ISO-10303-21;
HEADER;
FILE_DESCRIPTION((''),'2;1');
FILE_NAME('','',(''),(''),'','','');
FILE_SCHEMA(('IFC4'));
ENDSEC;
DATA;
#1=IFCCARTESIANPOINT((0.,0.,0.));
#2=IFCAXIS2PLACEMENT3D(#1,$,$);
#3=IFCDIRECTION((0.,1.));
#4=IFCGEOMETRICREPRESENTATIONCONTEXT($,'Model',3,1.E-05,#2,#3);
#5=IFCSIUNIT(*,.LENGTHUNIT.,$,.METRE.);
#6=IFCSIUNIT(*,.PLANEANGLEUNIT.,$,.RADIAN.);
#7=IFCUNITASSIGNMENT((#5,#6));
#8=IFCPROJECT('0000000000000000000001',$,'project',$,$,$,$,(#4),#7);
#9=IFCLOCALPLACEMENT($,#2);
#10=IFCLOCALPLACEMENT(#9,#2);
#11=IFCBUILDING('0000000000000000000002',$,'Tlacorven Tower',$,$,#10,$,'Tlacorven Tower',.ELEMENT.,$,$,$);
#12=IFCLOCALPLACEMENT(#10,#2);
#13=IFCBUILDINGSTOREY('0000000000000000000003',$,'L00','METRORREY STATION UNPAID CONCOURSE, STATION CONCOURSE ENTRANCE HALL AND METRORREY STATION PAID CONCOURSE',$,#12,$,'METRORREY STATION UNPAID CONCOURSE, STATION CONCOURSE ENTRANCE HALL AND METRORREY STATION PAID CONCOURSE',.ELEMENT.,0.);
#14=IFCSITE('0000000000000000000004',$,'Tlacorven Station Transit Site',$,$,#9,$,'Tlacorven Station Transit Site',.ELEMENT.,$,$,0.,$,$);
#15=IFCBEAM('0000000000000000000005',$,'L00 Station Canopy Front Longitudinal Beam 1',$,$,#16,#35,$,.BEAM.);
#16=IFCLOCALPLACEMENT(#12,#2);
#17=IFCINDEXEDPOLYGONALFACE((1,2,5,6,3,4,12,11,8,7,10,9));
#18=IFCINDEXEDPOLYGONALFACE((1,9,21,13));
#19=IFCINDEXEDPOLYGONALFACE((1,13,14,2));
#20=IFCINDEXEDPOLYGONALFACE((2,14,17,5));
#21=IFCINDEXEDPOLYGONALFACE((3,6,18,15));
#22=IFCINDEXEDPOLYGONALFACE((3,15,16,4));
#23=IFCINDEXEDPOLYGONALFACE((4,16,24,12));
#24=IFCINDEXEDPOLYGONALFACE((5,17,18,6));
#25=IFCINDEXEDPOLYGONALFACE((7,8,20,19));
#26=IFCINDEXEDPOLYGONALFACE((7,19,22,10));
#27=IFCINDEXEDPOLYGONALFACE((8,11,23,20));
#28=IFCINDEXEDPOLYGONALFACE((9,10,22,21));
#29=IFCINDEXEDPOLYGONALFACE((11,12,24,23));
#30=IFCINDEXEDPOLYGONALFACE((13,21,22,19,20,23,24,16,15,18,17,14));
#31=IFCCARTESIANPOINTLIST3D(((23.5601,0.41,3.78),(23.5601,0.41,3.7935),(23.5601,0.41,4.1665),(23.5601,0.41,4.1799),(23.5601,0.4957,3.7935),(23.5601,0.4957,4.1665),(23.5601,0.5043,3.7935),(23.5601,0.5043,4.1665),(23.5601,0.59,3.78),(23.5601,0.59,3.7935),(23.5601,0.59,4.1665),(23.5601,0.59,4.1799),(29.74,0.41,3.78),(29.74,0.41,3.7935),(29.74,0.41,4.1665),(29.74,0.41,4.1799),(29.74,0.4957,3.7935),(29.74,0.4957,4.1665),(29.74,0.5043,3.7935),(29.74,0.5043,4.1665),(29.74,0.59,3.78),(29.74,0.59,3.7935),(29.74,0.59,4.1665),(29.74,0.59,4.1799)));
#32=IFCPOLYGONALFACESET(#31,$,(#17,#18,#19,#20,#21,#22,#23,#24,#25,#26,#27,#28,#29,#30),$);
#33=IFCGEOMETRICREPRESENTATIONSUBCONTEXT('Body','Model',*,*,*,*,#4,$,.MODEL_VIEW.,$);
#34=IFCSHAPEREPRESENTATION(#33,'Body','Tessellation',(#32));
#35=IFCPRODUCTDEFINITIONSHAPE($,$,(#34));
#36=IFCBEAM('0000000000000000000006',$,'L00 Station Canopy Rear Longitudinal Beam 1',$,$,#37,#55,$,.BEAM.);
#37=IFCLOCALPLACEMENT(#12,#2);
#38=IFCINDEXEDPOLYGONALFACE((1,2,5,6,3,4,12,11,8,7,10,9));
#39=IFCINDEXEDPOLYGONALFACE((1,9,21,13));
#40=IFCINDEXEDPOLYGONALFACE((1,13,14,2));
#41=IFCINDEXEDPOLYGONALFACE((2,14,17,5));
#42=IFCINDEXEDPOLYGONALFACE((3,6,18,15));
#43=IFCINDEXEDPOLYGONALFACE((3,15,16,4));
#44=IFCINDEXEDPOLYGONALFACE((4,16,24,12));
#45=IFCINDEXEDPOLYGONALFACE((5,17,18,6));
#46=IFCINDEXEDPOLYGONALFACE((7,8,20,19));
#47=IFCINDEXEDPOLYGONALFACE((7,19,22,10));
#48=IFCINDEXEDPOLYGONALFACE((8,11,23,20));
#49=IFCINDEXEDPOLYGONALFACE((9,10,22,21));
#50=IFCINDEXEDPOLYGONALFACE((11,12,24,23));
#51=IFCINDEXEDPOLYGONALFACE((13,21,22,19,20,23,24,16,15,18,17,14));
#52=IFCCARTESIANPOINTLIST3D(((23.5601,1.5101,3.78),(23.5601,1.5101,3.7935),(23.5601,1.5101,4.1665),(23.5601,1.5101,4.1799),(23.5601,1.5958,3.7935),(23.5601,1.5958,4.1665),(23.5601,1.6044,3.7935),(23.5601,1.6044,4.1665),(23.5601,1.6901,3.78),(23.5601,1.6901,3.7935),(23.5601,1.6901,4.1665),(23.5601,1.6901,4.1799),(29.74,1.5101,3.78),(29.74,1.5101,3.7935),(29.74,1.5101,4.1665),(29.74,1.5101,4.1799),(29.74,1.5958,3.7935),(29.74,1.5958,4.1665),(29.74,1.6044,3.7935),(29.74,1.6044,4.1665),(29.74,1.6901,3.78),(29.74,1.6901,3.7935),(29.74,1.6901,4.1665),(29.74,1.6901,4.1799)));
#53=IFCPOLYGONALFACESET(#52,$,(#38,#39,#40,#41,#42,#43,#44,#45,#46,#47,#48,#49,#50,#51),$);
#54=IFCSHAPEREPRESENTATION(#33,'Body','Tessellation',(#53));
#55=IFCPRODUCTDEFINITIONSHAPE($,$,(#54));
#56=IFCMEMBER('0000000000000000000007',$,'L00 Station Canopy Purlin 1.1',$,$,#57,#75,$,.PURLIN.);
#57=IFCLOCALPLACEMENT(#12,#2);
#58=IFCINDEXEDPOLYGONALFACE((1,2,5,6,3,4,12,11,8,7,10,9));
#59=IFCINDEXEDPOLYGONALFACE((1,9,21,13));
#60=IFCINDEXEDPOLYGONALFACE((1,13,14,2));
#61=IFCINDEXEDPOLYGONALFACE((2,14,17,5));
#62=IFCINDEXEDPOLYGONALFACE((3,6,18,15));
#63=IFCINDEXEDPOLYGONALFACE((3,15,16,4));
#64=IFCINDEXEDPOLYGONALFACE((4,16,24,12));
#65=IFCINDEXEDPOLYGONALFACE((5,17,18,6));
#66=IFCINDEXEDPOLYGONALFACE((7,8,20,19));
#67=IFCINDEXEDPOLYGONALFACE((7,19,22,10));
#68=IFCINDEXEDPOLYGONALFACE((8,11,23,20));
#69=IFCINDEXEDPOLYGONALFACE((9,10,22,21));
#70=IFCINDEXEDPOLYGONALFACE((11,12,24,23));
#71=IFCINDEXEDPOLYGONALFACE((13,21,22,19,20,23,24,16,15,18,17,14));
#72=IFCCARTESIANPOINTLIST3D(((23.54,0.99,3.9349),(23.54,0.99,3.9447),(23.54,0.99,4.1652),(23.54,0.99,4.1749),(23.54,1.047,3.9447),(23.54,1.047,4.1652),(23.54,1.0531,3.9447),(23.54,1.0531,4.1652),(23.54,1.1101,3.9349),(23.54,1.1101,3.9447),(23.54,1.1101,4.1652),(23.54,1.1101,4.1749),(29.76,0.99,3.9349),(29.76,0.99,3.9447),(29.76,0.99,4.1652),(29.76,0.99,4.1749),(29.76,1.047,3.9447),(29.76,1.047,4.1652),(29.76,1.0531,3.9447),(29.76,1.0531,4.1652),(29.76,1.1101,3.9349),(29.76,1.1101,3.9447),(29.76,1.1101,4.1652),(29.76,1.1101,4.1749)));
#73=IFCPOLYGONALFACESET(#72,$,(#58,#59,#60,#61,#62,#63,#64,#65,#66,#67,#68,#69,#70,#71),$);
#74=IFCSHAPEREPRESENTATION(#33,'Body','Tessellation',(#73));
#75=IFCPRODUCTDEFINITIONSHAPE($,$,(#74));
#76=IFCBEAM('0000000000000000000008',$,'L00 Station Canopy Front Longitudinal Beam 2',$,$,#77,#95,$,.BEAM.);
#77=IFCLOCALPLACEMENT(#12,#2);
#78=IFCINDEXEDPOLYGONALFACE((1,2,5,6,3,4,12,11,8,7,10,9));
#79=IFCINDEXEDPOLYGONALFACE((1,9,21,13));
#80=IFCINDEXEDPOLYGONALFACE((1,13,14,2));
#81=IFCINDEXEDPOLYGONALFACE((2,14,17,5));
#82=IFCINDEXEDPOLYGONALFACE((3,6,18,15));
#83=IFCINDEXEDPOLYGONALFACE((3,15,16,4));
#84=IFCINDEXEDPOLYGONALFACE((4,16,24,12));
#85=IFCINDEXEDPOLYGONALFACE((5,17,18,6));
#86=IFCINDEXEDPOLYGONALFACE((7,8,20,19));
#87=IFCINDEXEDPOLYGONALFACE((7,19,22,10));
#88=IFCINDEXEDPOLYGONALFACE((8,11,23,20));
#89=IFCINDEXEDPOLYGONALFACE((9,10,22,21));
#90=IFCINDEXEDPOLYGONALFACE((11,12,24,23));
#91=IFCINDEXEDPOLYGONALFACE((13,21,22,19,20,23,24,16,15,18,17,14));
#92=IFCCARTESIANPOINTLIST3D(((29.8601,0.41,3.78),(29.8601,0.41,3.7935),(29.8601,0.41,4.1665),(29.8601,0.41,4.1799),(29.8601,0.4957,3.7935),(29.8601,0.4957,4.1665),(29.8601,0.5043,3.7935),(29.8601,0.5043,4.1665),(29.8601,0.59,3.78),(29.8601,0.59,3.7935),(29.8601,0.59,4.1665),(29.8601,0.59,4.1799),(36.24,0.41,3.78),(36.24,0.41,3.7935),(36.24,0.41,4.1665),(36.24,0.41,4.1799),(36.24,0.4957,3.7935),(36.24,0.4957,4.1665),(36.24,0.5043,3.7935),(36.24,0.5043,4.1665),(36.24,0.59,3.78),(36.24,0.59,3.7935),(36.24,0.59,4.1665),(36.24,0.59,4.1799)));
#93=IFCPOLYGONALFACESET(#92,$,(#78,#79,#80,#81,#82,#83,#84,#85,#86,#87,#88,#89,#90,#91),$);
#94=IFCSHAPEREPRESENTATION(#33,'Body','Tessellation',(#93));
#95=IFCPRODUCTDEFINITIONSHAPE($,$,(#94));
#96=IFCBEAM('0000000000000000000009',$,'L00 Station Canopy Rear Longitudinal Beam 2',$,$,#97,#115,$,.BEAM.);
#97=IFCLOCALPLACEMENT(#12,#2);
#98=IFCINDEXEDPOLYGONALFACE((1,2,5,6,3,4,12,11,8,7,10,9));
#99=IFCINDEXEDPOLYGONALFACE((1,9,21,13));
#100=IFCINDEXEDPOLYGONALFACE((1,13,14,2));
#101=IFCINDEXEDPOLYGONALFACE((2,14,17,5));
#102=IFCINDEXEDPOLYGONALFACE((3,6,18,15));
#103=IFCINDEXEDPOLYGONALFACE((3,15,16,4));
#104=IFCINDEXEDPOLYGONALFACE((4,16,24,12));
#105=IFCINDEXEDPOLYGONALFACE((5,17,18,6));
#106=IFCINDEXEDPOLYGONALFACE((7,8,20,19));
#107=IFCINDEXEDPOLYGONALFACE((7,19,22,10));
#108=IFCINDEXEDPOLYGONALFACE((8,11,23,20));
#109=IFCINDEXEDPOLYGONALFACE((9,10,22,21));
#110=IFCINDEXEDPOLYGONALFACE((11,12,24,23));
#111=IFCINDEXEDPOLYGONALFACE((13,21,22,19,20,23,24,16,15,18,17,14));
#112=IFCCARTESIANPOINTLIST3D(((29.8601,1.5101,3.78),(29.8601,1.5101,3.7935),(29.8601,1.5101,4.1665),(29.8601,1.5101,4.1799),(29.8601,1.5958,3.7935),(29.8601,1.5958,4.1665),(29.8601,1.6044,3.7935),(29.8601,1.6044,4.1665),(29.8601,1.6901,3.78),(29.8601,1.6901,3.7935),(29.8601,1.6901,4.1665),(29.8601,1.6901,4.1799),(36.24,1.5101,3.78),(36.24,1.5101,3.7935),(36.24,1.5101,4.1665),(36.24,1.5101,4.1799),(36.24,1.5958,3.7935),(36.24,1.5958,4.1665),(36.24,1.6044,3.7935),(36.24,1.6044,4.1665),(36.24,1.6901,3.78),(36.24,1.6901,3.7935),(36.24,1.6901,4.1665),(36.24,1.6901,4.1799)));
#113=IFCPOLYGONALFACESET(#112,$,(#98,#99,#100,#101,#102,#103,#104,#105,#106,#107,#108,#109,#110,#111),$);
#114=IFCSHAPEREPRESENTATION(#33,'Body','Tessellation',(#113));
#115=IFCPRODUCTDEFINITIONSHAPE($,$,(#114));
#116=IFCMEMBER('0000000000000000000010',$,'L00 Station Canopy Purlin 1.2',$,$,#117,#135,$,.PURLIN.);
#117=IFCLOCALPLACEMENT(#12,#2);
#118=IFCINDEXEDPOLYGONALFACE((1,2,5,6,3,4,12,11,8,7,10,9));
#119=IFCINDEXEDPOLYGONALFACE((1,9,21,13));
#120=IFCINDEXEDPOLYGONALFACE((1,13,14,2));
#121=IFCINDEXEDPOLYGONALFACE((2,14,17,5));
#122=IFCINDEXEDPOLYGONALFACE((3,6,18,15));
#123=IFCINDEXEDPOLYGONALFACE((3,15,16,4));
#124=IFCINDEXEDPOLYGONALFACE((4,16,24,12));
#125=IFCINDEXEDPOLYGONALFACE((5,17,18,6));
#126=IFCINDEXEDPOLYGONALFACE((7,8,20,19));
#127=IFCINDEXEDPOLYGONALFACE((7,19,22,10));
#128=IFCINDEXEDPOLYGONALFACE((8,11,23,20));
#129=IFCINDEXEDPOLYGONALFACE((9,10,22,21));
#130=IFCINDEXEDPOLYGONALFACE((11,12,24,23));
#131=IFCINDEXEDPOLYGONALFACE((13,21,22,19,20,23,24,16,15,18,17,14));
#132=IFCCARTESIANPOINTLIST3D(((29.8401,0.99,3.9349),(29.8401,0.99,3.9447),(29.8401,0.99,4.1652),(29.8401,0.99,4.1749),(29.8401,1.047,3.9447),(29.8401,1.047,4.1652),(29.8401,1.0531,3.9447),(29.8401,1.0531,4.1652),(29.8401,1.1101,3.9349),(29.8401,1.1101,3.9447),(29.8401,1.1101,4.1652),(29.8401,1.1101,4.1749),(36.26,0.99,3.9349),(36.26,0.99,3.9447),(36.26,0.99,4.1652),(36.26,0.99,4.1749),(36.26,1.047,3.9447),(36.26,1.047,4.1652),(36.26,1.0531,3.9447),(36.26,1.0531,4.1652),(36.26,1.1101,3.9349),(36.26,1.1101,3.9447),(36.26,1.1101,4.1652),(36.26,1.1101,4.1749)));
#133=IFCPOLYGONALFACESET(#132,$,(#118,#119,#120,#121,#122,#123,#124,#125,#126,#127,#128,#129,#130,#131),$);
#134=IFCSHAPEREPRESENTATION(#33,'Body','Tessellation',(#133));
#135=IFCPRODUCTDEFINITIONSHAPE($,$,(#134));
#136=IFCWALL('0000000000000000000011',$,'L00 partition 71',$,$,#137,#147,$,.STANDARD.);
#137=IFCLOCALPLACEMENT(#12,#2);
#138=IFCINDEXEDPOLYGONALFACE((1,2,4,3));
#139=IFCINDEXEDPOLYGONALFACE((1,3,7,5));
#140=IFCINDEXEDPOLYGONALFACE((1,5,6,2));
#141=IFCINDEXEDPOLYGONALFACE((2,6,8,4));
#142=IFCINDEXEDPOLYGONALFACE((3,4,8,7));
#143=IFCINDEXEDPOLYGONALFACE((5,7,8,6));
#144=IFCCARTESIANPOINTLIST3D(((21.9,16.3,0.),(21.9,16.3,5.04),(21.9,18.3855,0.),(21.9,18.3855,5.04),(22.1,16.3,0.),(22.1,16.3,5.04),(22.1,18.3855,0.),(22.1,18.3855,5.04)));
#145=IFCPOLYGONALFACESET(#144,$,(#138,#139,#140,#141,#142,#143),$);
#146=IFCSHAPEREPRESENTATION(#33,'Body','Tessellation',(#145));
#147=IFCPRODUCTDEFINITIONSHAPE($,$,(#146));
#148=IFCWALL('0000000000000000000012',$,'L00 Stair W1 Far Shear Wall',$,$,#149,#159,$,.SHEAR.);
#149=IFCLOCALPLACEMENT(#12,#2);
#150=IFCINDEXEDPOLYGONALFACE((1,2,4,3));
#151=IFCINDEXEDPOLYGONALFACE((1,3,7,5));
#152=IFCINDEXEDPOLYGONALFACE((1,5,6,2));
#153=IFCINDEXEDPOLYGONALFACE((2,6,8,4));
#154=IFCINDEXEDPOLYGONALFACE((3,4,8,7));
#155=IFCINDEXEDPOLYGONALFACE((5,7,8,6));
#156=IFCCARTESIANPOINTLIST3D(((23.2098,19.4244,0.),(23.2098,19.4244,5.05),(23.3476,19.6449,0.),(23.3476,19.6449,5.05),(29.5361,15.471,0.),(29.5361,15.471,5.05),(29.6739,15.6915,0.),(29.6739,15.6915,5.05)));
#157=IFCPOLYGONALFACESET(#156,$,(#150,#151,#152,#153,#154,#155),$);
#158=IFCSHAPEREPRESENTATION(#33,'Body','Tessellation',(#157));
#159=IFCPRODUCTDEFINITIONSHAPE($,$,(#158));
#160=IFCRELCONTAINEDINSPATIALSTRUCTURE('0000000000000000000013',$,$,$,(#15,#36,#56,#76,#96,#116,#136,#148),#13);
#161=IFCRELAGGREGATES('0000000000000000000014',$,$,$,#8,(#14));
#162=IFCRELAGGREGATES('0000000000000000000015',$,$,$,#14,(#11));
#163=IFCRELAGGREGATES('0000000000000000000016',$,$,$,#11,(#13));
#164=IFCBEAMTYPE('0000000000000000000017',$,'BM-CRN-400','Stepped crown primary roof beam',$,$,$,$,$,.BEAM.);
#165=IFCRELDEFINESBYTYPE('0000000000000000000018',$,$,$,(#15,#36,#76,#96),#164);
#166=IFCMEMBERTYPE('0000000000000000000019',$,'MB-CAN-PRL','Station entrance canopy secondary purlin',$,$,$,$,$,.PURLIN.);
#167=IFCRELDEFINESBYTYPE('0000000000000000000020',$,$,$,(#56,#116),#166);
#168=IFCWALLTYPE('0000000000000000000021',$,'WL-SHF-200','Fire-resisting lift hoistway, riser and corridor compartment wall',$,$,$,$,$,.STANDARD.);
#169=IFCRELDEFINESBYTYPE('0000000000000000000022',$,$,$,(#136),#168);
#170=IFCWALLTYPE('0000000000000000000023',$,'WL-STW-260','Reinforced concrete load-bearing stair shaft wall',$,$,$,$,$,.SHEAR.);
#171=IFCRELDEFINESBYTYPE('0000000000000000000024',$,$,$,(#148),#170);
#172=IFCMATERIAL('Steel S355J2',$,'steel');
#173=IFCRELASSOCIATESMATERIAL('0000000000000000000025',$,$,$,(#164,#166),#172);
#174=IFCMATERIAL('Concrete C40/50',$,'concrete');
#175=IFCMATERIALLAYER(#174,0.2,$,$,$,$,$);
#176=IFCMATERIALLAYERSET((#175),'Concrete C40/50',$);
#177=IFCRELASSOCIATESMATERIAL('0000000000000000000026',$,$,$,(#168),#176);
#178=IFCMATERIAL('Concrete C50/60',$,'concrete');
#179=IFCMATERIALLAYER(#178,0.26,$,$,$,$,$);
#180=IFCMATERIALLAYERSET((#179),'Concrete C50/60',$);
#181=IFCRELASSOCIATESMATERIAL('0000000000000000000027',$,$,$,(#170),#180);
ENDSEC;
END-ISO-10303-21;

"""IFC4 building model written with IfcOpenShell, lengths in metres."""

from ifc_helpers import new_model, si_unit, direction, frame, frame_2d, origin, origin_2d, place, context, subcontext, project, spatial, rectangle, i_section, extrude, source, transform, mapped, material, layer, layer_set, material_profile, profile_set, type_object, element, save


model = new_model("IFC4")

# Units and contexts
model_context = context("Model", 3, precision=1e-05, world=origin(), true_north=direction((0.0, 1.0)))
body_context = subcontext(model_context, "Body", "Model", "MODEL_VIEW")
ifc_project = project(units=[si_unit("LENGTHUNIT", "METRE"), si_unit("PLANEANGLEUNIT", "RADIAN")], contexts=[model_context])

# Site, building, storey
site_placement = place(None, origin())
site = spatial("IfcSite", under=ifc_project, at=site_placement, Name="Tlacorven Station Transit Site", LongName="Tlacorven Station Transit Site", CompositionType="ELEMENT", RefElevation=0.0)
building_placement = place(site_placement, origin())
building = spatial("IfcBuilding", under=site, at=building_placement, Name="Tlacorven Tower", LongName="Tlacorven Tower", CompositionType="ELEMENT")
storey_placement = place(building_placement, origin())
storey = spatial("IfcBuildingStorey", under=building, at=storey_placement, Name="L00", Description="METRORREY STATION UNPAID CONCOURSE, STATION CONCOURSE ENTRANCE HALL AND METRORREY STATION PAID CONCOURSE", LongName="METRORREY STATION UNPAID CONCOURSE, STATION CONCOURSE ENTRANCE HALL AND METRORREY STATION PAID CONCOURSE", CompositionType="ELEMENT", Elevation=0.0)

# Shared definitions
ifc_material_1 = material(Name="Concrete C50/60", Category="concrete")

# Beams
ifc_material_2 = material(Name="Steel S355J2", Category="steel")
ifc_material_profile_1 = material_profile(ifc_material_2, i_section(OverallWidth=0.1799, OverallDepth=0.3999, WebThickness=0.0085, FlangeThickness=0.0134, at=origin_2d()), Name="IPE 400")
ifc_profile_set_1 = profile_set([ifc_material_profile_1], Name="Steel S355J2")
beam_type_1 = type_object("IfcBeamType", Name="BM-CRN-400", Description="Stepped crown primary roof beam", PredefinedType="BEAM", material=ifc_profile_set_1)
shared_shape_1 = source(origin(), body_context, "Body", "SweptSolid", [
    extrude(i_section(OverallWidth=0.1799, OverallDepth=0.3999, WebThickness=0.0085, FlangeThickness=0.0134, at=origin_2d()), origin(), (0.0, 0.0, 1.0), 6.1799),
])
for number, where, z_axis, x_axis, name in (
    (1, (23.5601, 0.5, 3.98), (1.0, 0.0, 0.0), (0.0, 1.0, 0.0), "L00 Station Canopy Front Longitudinal Beam 1"),
    (2, (23.5601, 1.6001, 3.98), (1.0, 0.0, 0.0), (0.0, 1.0, 0.0), "L00 Station Canopy Rear Longitudinal Beam 1"),
):
    element("IfcBeam", number, at=place(storey_placement, frame(where, z_axis=z_axis, x_axis=x_axis)), inside=storey, type_object=beam_type_1, Name=name, PredefinedType="BEAM", context=body_context, shape_type="MappedRepresentation", body=[
        mapped(shared_shape_1, transform((0.0, 0.0, 0.0), scale=1.0)),
    ])

# Member
ifc_material_profile_2 = material_profile(ifc_material_2, i_section(OverallWidth=0.1201, OverallDepth=0.24, WebThickness=0.0061, FlangeThickness=0.0098, at=origin_2d()), Name="IPE 240")
ifc_profile_set_2 = profile_set([ifc_material_profile_2], Name="Steel S355J2")
member_type = type_object("IfcMemberType", Name="MB-CAN-PRL", Description="Station entrance canopy secondary purlin", PredefinedType="PURLIN", material=ifc_profile_set_2)
shared_shape_2 = source(origin(), body_context, "Body", "SweptSolid", [
    extrude(i_section(OverallWidth=0.1201, OverallDepth=0.24, WebThickness=0.0061, FlangeThickness=0.0098, at=origin_2d()), origin(), (0.0, 0.0, 1.0), 6.22),
])
member_1_placement = place(storey_placement, frame((23.54, 1.05, 4.0549), z_axis=(1.0, 0.0, 0.0), x_axis=(0.0, 1.0, 0.0)))
element("IfcMember", 3, at=member_1_placement, inside=storey, type_object=member_type, Name="L00 Station Canopy Purlin 1.1", PredefinedType="PURLIN", context=body_context, shape_type="MappedRepresentation", body=[
    mapped(shared_shape_2, transform((0.0, 0.0, 0.0), scale=1.0)),
])

# Beams
shared_shape_3 = source(origin(), body_context, "Body", "SweptSolid", [
    extrude(i_section(OverallWidth=0.1799, OverallDepth=0.3999, WebThickness=0.0085, FlangeThickness=0.0134, at=origin_2d()), origin(), (0.0, 0.0, 1.0), 6.3799),
])
for number, where, z_axis, x_axis, name in (
    (4, (29.8601, 0.5, 3.98), (1.0, 0.0, 0.0), (0.0, 1.0, 0.0), "L00 Station Canopy Front Longitudinal Beam 2"),
    (5, (29.8601, 1.6001, 3.98), (1.0, 0.0, 0.0), (0.0, 1.0, 0.0), "L00 Station Canopy Rear Longitudinal Beam 2"),
):
    element("IfcBeam", number, at=place(storey_placement, frame(where, z_axis=z_axis, x_axis=x_axis)), inside=storey, type_object=beam_type_1, Name=name, PredefinedType="BEAM", context=body_context, shape_type="MappedRepresentation", body=[
        mapped(shared_shape_3, transform((0.0, 0.0, 0.0), scale=1.0)),
    ])

# Member
shared_shape_4 = source(origin(), body_context, "Body", "SweptSolid", [
    extrude(i_section(OverallWidth=0.1201, OverallDepth=0.24, WebThickness=0.0061, FlangeThickness=0.0098, at=origin_2d()), origin(), (0.0, 0.0, 1.0), 6.4199),
])
member_2_placement = place(storey_placement, frame((29.8401, 1.05, 4.0549), z_axis=(1.0, 0.0, 0.0), x_axis=(0.0, 1.0, 0.0)))
element("IfcMember", 6, at=member_2_placement, inside=storey, type_object=member_type, Name="L00 Station Canopy Purlin 1.2", PredefinedType="PURLIN", context=body_context, shape_type="MappedRepresentation", body=[
    mapped(shared_shape_4, transform((0.0, 0.0, 0.0), scale=1.0)),
])

# Walls
ifc_material_3 = material(Name="Concrete C40/50", Category="concrete")
ifc_layer_1 = layer(ifc_material_3, 0.2)
ifc_layer_set_1 = layer_set([ifc_layer_1], Name="Concrete C40/50")
wall_type_1 = type_object("IfcWallType", Name="WL-SHF-200", Description="Fire-resisting lift hoistway, riser and corridor compartment wall", PredefinedType="STANDARD", material=ifc_layer_set_1)
wall_1_placement = place(storey_placement, frame((22.0, 16.3, 0.0), z_axis=(0.0, 0.0, 1.0), x_axis=(0.0, 1.0, 0.0)))
element("IfcWall", 7, at=wall_1_placement, inside=storey, type_object=wall_type_1, Name="L00 partition 71", PredefinedType="STANDARD", context=body_context, shape_type="SweptSolid", body=[
    extrude(rectangle(XDim=2.0854, YDim=0.2, at=frame_2d((1.0427, 0.0))), origin(), (0.0, 0.0, 1.0), 5.04),
])
ifc_layer_2 = layer(ifc_material_1, 0.26)
ifc_layer_set_2 = layer_set([ifc_layer_2], Name="Concrete C50/60")
wall_type_2 = type_object("IfcWallType", Name="WL-STW-260", Description="Reinforced concrete load-bearing stair shaft wall", PredefinedType="SHEAR", material=ifc_layer_set_2)
wall_2_placement = place(storey_placement, frame((29.605, 15.5813, 0.0), z_axis=(0.0, 0.0, 1.0), x_axis=(-0.848037, 0.529937, 0.0)))
element("IfcWall", 8, at=wall_2_placement, inside=storey, type_object=wall_type_2, Name="L00 Stair W1 Far Shear Wall", PredefinedType="SHEAR", context=body_context, shape_type="SweptSolid", body=[
    extrude(rectangle(XDim=7.46, YDim=0.26, at=frame_2d((3.73, 0.0))), origin(), (0.0, 0.0, 1.0), 5.05),
])

save(model, "model.ifc")
